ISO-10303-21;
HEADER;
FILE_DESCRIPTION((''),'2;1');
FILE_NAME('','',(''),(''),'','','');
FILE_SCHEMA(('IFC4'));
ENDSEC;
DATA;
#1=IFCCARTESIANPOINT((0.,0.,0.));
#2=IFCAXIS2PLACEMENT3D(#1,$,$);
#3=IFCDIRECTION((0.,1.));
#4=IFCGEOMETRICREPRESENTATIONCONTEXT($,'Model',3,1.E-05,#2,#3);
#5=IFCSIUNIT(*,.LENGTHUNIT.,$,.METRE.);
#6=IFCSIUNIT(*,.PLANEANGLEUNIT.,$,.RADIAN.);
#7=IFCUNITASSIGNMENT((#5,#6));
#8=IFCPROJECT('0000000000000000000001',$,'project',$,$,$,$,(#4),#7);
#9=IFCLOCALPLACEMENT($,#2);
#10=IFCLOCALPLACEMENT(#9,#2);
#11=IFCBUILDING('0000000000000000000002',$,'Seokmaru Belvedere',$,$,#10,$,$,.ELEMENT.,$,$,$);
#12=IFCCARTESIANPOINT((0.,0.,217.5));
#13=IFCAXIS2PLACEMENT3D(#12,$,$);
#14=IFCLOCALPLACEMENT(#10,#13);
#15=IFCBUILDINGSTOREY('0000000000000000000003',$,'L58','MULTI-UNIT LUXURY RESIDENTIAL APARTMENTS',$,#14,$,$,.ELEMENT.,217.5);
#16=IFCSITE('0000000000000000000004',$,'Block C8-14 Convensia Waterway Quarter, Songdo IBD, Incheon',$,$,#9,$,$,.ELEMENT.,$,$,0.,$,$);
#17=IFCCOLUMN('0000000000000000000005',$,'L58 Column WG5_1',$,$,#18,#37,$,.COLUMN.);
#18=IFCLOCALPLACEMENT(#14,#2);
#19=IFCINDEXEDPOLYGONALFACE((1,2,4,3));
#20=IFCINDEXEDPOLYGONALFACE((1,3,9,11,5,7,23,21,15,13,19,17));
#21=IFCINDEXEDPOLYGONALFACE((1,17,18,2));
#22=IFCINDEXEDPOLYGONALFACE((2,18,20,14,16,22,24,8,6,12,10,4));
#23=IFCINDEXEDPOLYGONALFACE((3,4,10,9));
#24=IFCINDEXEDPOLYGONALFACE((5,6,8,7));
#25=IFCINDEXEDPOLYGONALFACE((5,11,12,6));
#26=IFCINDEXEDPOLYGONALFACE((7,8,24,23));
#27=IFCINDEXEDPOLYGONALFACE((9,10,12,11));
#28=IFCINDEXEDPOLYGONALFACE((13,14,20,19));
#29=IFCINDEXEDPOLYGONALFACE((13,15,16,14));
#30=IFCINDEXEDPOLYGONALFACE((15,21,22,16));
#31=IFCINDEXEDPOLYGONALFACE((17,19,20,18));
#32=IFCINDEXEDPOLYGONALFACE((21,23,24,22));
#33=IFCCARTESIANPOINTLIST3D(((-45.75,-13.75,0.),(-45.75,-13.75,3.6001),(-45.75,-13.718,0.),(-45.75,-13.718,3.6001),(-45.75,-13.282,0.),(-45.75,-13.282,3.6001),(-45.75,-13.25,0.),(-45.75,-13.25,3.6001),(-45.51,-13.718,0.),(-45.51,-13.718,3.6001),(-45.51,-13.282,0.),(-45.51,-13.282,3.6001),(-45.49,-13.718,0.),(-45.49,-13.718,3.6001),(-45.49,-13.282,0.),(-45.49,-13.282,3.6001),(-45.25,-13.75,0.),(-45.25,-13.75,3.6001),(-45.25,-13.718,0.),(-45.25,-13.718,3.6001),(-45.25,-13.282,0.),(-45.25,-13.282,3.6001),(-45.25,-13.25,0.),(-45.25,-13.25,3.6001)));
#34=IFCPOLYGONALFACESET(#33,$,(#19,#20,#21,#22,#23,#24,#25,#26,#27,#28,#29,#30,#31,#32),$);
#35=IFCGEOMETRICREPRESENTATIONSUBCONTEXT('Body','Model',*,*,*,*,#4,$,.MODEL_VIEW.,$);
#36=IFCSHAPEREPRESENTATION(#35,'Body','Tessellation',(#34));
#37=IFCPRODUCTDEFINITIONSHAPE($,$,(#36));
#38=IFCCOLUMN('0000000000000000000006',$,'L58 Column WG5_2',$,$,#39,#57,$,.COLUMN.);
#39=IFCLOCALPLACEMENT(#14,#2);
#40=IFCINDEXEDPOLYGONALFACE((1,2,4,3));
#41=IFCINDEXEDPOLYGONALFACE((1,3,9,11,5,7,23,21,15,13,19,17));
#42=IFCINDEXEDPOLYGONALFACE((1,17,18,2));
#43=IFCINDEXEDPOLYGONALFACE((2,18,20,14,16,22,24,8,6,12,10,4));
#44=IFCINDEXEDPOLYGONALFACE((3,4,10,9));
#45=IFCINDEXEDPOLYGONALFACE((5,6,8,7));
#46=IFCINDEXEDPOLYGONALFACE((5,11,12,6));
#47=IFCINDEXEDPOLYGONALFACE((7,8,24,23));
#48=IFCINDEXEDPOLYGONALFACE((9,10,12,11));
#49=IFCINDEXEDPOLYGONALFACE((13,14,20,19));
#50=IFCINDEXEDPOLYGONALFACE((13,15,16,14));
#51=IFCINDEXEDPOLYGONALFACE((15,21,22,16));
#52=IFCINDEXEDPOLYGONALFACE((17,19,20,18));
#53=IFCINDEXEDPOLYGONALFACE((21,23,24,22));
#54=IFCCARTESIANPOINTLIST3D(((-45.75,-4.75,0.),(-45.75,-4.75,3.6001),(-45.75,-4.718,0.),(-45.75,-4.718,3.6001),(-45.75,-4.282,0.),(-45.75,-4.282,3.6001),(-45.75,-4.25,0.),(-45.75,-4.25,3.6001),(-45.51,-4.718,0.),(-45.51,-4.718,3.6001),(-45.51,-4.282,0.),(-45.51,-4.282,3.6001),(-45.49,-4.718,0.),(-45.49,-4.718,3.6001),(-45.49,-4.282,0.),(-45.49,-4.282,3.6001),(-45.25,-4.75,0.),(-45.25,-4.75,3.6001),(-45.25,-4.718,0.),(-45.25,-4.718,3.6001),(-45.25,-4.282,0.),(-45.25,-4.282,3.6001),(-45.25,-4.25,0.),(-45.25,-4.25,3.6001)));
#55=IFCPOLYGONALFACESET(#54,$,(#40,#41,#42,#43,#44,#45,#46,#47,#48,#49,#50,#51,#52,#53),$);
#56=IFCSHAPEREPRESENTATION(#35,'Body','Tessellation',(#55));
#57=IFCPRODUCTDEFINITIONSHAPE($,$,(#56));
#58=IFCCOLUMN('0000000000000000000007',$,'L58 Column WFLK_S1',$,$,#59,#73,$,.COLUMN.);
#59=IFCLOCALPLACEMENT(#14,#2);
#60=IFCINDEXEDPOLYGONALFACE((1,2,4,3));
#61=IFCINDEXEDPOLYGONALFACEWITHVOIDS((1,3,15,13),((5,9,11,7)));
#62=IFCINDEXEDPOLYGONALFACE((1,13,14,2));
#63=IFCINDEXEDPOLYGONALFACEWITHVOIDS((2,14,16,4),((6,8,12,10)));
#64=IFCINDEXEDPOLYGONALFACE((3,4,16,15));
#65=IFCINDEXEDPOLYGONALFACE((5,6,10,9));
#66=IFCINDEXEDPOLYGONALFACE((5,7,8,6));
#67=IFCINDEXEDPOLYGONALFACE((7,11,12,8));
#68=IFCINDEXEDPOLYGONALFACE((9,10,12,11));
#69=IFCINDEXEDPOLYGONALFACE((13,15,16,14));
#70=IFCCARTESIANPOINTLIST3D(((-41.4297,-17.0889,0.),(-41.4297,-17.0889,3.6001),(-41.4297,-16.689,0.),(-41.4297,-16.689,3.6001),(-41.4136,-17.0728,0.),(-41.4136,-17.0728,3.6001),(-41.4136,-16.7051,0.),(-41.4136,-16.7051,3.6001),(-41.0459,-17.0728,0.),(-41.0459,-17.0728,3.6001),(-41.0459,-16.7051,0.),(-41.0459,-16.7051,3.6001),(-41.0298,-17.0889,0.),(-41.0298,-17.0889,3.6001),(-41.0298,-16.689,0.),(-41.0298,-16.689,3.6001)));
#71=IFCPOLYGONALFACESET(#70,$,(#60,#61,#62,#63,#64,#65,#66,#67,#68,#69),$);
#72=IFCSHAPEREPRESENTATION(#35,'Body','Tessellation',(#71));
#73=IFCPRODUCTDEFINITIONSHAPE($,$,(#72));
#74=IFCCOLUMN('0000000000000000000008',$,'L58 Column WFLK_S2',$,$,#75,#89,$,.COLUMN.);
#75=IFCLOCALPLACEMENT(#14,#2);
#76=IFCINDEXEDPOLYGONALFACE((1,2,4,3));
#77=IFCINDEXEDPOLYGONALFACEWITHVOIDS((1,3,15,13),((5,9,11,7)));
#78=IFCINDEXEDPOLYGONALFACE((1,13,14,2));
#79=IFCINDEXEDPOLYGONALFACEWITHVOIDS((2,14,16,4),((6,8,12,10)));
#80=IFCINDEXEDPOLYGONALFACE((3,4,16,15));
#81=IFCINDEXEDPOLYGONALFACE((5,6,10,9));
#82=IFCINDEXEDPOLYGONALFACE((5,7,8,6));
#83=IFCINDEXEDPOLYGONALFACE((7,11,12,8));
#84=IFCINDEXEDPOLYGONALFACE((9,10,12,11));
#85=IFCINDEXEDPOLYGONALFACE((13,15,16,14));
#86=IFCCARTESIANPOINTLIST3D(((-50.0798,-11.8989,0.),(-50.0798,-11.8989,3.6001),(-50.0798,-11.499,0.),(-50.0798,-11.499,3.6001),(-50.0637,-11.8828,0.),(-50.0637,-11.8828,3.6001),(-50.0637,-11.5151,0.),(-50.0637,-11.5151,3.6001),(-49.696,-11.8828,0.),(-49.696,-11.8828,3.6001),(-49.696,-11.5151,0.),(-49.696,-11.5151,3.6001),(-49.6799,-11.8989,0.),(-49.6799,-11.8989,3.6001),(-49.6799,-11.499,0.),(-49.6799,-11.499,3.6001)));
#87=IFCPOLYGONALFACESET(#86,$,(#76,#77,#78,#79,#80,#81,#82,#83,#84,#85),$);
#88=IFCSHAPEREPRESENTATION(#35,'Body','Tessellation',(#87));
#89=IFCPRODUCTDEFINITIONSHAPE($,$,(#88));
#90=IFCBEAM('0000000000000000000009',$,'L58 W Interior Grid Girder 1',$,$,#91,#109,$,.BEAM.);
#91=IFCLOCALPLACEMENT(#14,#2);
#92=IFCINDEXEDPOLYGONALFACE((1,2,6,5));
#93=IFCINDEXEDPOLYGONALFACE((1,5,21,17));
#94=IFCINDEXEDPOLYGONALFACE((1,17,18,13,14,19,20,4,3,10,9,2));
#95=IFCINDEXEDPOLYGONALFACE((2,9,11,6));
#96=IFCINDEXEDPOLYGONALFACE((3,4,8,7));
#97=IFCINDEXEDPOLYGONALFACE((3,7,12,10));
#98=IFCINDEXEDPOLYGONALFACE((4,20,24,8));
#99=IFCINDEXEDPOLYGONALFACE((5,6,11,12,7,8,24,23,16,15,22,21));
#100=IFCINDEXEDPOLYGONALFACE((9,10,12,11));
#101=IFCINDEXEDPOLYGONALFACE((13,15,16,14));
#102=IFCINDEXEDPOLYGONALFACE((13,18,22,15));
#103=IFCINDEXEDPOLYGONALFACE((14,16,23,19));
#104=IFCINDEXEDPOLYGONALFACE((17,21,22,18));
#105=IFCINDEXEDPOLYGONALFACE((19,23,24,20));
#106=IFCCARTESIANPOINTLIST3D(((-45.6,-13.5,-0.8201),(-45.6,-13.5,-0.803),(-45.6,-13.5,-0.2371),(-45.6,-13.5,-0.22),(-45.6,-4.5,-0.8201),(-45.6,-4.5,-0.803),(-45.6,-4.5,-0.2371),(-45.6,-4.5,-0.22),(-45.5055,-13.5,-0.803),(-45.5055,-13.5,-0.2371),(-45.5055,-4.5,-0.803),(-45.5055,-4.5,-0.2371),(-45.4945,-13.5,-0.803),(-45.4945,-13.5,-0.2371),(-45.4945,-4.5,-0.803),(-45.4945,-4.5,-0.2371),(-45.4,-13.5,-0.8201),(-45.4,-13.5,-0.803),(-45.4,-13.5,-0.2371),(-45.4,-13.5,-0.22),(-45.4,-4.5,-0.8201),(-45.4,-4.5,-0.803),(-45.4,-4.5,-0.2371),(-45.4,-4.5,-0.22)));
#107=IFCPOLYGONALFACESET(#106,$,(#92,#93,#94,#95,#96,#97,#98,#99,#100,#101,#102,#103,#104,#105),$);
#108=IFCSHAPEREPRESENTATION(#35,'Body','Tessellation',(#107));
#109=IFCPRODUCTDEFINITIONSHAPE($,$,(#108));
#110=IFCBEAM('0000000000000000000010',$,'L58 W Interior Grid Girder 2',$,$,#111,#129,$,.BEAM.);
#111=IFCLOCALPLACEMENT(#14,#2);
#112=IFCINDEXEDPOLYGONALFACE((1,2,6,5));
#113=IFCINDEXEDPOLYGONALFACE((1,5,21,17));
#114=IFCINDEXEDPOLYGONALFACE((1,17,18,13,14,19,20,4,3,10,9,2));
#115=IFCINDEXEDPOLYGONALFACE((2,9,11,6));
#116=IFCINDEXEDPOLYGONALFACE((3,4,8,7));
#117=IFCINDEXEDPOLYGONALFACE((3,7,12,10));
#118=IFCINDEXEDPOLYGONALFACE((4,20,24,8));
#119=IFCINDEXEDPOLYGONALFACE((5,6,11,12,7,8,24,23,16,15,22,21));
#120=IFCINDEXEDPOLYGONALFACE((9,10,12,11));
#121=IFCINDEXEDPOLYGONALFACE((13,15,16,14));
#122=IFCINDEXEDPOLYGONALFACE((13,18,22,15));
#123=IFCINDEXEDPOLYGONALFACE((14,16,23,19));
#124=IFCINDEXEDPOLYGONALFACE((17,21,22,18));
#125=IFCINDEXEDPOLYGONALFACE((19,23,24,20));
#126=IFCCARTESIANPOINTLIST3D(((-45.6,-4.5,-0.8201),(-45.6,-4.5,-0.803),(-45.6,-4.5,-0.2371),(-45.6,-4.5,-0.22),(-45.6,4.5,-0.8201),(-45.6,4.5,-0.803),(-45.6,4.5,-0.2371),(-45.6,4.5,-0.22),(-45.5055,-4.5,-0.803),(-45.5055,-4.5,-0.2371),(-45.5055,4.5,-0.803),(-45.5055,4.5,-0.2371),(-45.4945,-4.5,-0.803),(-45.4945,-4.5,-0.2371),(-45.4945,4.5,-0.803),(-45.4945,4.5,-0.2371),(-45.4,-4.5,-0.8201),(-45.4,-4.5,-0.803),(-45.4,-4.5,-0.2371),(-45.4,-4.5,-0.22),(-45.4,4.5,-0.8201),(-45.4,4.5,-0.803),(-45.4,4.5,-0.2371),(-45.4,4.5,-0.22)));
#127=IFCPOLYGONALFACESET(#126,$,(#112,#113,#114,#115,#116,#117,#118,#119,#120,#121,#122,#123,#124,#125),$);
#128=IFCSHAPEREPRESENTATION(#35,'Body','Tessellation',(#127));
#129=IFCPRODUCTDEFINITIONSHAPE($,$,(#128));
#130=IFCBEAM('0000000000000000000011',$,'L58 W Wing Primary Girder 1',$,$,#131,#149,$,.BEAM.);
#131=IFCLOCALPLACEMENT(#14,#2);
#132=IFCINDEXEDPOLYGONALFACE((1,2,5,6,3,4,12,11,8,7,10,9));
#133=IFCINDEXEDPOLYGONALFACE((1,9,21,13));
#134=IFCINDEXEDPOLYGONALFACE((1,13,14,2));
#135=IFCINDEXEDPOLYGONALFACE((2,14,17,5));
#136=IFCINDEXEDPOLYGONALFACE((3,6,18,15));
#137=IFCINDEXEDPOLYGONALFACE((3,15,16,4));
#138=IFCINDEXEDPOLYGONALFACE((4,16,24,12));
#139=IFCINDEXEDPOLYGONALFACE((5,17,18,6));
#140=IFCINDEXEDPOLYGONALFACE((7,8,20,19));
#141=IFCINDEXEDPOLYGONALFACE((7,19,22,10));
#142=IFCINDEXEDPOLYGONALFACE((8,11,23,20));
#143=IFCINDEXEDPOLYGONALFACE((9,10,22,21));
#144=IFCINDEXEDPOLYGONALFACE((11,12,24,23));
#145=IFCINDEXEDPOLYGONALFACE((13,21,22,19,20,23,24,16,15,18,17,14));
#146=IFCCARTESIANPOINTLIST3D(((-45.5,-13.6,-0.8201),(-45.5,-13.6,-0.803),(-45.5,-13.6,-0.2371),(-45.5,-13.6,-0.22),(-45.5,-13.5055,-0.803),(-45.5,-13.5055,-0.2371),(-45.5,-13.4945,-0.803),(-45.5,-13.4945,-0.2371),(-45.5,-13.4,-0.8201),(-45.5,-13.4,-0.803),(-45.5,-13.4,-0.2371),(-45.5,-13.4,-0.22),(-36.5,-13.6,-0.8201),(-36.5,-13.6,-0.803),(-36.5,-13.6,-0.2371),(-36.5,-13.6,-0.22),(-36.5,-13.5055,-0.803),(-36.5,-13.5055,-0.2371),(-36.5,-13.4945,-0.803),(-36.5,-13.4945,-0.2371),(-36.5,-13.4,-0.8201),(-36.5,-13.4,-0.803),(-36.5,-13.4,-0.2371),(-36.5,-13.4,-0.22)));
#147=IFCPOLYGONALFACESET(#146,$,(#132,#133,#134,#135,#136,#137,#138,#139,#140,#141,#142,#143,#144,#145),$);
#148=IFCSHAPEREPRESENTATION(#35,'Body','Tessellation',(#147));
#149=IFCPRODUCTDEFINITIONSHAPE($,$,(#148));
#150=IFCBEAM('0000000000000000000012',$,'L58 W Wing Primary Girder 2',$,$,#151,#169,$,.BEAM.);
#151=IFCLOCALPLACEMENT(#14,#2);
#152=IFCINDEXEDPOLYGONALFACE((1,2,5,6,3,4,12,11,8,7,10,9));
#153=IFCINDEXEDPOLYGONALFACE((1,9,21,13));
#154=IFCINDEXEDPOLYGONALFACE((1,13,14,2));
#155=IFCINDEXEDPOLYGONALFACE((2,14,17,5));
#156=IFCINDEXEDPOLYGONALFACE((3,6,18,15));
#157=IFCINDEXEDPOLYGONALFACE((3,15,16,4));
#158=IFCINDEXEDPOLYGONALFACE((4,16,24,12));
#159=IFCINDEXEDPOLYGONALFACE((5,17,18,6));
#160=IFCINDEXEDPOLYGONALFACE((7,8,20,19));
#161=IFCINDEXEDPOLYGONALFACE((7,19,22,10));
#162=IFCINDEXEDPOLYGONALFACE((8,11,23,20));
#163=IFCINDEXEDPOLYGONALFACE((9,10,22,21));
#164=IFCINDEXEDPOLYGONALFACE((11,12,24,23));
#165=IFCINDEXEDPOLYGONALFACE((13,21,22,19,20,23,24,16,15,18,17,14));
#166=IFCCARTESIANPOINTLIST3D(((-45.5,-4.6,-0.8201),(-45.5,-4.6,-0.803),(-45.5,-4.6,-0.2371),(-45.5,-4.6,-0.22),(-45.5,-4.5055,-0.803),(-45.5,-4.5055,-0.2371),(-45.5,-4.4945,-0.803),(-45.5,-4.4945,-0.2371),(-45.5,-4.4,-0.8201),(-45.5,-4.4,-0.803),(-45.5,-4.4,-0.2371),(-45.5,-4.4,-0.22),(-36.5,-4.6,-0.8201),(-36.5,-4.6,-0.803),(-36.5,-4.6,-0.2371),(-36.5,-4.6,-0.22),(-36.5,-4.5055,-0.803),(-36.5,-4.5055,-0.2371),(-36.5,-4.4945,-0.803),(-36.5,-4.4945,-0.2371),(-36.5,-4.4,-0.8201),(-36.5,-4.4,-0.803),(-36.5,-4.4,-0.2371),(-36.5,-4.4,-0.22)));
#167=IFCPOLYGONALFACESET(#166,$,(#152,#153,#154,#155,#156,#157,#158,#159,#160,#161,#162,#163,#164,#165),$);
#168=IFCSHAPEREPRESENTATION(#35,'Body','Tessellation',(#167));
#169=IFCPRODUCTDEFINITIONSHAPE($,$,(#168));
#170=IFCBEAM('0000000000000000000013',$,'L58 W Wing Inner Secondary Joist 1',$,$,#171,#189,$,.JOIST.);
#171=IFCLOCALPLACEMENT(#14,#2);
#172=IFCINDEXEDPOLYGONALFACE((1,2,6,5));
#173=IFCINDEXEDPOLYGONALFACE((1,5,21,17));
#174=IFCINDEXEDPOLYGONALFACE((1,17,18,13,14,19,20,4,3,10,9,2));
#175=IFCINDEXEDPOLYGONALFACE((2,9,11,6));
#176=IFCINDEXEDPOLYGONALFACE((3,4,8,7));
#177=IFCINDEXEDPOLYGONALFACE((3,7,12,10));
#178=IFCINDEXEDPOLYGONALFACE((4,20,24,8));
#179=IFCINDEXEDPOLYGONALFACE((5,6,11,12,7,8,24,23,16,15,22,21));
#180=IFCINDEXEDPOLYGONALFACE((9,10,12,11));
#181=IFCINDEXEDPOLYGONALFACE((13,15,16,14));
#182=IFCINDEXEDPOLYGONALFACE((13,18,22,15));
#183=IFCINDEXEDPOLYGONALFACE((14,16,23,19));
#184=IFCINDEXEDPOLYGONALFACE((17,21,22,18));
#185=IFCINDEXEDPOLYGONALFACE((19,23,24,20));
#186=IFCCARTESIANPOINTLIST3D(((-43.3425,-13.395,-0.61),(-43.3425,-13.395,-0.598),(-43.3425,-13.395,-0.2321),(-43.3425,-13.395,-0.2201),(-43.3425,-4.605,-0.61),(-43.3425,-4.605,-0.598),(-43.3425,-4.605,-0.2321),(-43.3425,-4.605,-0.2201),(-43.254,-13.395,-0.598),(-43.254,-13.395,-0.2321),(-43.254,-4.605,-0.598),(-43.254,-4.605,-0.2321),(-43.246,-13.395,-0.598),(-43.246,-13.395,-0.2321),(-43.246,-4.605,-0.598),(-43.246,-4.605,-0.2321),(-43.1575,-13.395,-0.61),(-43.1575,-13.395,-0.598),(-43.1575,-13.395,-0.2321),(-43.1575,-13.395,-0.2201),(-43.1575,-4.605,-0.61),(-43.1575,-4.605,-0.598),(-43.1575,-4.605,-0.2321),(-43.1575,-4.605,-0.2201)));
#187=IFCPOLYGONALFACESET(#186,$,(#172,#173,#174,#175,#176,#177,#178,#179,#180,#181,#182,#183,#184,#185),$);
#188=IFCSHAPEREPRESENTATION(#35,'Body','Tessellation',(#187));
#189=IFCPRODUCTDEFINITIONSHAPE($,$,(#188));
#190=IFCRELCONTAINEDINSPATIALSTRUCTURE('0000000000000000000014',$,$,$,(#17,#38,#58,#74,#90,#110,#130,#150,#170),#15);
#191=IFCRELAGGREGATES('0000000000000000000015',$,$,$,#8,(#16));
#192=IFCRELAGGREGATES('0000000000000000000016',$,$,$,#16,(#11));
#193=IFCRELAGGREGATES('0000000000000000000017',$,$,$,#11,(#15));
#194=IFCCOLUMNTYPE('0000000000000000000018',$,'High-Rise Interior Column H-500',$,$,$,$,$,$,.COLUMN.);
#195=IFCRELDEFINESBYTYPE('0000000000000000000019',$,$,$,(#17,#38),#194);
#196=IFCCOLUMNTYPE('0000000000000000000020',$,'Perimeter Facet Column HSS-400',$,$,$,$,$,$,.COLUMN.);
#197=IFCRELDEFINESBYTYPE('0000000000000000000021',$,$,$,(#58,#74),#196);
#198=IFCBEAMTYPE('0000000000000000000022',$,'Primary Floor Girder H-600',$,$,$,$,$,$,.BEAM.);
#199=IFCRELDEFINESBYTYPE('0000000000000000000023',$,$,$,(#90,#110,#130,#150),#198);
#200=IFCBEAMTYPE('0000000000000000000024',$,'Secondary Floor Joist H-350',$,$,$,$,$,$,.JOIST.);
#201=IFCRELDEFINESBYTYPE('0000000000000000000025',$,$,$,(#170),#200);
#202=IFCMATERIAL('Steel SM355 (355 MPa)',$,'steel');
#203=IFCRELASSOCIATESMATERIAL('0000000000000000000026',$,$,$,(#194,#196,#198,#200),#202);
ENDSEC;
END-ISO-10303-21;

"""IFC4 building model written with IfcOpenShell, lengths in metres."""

from ifc_helpers import new_model, si_unit, direction, frame, origin, origin_2d, place, context, subcontext, project, spatial, hollow_rectangle, i_section, extrude, source, transform, mapped, material, material_profile, profile_set, type_object, type_shapes, element, save


model = new_model("IFC4")

# Units and contexts
model_context = context("Model", 3, precision=1e-05, world=origin(), true_north=direction((0.0, 1.0)))
body_context = subcontext(model_context, "Body", "Model", "MODEL_VIEW")
ifc_project = project(units=[si_unit("LENGTHUNIT", "METRE"), si_unit("PLANEANGLEUNIT", "RADIAN")], contexts=[model_context])

# Site, building, storey
site_placement = place(None, origin())
site = spatial("IfcSite", under=ifc_project, at=site_placement, Name="Block C8-14 Convensia Waterway Quarter, Songdo IBD, Incheon", CompositionType="ELEMENT", RefElevation=0.0)
building_placement = place(site_placement, origin())
building = spatial("IfcBuilding", under=site, at=building_placement, Name="Seokmaru Belvedere", CompositionType="ELEMENT")
storey_placement = place(building_placement, frame((0.0, 0.0, 217.5)))
storey = spatial("IfcBuildingStorey", under=building, at=storey_placement, Name="L58", Description="MULTI-UNIT LUXURY RESIDENTIAL APARTMENTS", CompositionType="ELEMENT", Elevation=217.5)

# Columns
ifc_material_1 = material(Name="Steel SM355 (355 MPa)", Category="steel")
ifc_material_profile_1 = material_profile(ifc_material_1, i_section(OverallWidth=0.5, OverallDepth=0.5, WebThickness=0.02, FlangeThickness=0.032, at=origin_2d()), Name="H-500x500x20x32")
ifc_profile_set_1 = profile_set([ifc_material_profile_1], Name="Steel SM355 (355 MPa)")
column_type_1 = type_object("IfcColumnType", Name="High-Rise Interior Column H-500", PredefinedType="COLUMN", material=ifc_profile_set_1)
shared_shape_1 = source(origin(), body_context, "Body", "SweptSolid", [
    extrude(i_section(OverallWidth=0.5, OverallDepth=0.5, WebThickness=0.02, FlangeThickness=0.032, at=origin_2d()), origin(), (0.0, 0.0, 1.0), 3.6001),
])
type_shapes(column_type_1, [shared_shape_1])
for number, where, z_axis, x_axis, name in (
    (1, (-45.5, -13.5, 0.0), (0.0, 0.0, 1.0), (1.0, 0.0, 0.0), "L58 Column WG5_1"),
    (2, (-45.5, -4.5, 0.0), (0.0, 0.0, 1.0), (1.0, 0.0, 0.0), "L58 Column WG5_2"),
):
    element("IfcColumn", number, at=place(storey_placement, frame(where, z_axis=z_axis, x_axis=x_axis)), inside=storey, type_object=column_type_1, Name=name, PredefinedType="COLUMN", context=body_context, shape_type="MappedRepresentation", body=[
        mapped(shared_shape_1, transform((0.0, 0.0, 0.0), scale=1.0)),
    ])
ifc_material_profile_2 = material_profile(ifc_material_1, hollow_rectangle(XDim=0.3999, YDim=0.3999, WallThickness=0.0161, at=origin_2d()), Name="HSS-400x400x16")
ifc_profile_set_2 = profile_set([ifc_material_profile_2], Name="Steel SM355 (355 MPa)")
column_type_2 = type_object("IfcColumnType", Name="Perimeter Facet Column HSS-400", PredefinedType="COLUMN", material=ifc_profile_set_2)
shared_shape_2 = source(origin(), body_context, "Body", "SweptSolid", [
    extrude(hollow_rectangle(XDim=0.3999, YDim=0.3999, WallThickness=0.0161, at=origin_2d()), origin(), (0.0, 0.0, 1.0), 3.6001),
])
type_shapes(column_type_2, [shared_shape_2])
for number, where, z_axis, x_axis, name in (
    (3, (-41.2297, -16.8889, 0.0), (0.0, 0.0, 1.0), (1.0, 0.0, 0.0), "L58 Column WFLK_S1"),
    (4, (-49.8799, -11.699, 0.0), (0.0, 0.0, 1.0), (1.0, 0.0, 0.0), "L58 Column WFLK_S2"),
):
    element("IfcColumn", number, at=place(storey_placement, frame(where, z_axis=z_axis, x_axis=x_axis)), inside=storey, type_object=column_type_2, Name=name, PredefinedType="COLUMN", context=body_context, shape_type="MappedRepresentation", body=[
        mapped(shared_shape_2, transform((0.0, 0.0, 0.0), scale=1.0)),
    ])

# Beams
ifc_material_profile_3 = material_profile(ifc_material_1, i_section(OverallWidth=0.2, OverallDepth=0.6001, WebThickness=0.011, FlangeThickness=0.0171, at=origin_2d()), Name="H-600x200x11x17")
ifc_profile_set_3 = profile_set([ifc_material_profile_3], Name="Steel SM355 (355 MPa)")
beam_type_1 = type_object("IfcBeamType", Name="Primary Floor Girder H-600", PredefinedType="BEAM", material=ifc_profile_set_3)
shared_shape_3 = source(origin(), body_context, "Body", "SweptSolid", [
    extrude(i_section(OverallWidth=0.2, OverallDepth=0.6001, WebThickness=0.011, FlangeThickness=0.0171, at=origin_2d()), origin(), (0.0, 0.0, 1.0), 9.0),
])
for number, where, z_axis, x_axis, name in (
    (5, (-45.5, -13.5, -0.52), (0.0, 1.0, 0.0), (-1.0, 0.0, 0.0), "L58 W Interior Grid Girder 1"),
    (6, (-45.5, -4.5, -0.52), (0.0, 1.0, 0.0), (-1.0, 0.0, 0.0), "L58 W Interior Grid Girder 2"),
    (7, (-45.5, -13.5, -0.52), (1.0, 0.0, 0.0), (0.0, 1.0, 0.0), "L58 W Wing Primary Girder 1"),
    (8, (-45.5, -4.5, -0.52), (1.0, 0.0, 0.0), (0.0, 1.0, 0.0), "L58 W Wing Primary Girder 2"),
):
    element("IfcBeam", number, at=place(storey_placement, frame(where, z_axis=z_axis, x_axis=x_axis)), inside=storey, type_object=beam_type_1, Name=name, PredefinedType="BEAM", context=body_context, shape_type="MappedRepresentation", body=[
        mapped(shared_shape_3, transform((0.0, 0.0, 0.0), scale=1.0)),
    ])
ifc_material_profile_4 = material_profile(ifc_material_1, i_section(OverallWidth=0.1851, OverallDepth=0.3899, WebThickness=0.0081, FlangeThickness=0.012, at=origin_2d()), Name="H-390x185x8x12")
ifc_profile_set_4 = profile_set([ifc_material_profile_4], Name="Steel SM355 (355 MPa)")
beam_type_2 = type_object("IfcBeamType", Name="Secondary Floor Joist H-350", PredefinedType="JOIST", material=ifc_profile_set_4)
shared_shape_4 = source(origin(), body_context, "Body", "SweptSolid", [
    extrude(i_section(OverallWidth=0.1851, OverallDepth=0.3899, WebThickness=0.0081, FlangeThickness=0.012, at=origin_2d()), origin(), (0.0, 0.0, 1.0), 8.79),
])
type_shapes(beam_type_2, [shared_shape_4])
for number, where, z_axis, x_axis, name in (
    (9, (-43.25, -13.395, -0.415), (0.0, 1.0, 0.0), (-1.0, 0.0, 0.0), "L58 W Wing Inner Secondary Joist 1"),
):
    element("IfcBeam", number, at=place(storey_placement, frame(where, z_axis=z_axis, x_axis=x_axis)), inside=storey, type_object=beam_type_2, Name=name, PredefinedType="JOIST", context=body_context, shape_type="MappedRepresentation", body=[
        mapped(shared_shape_4, transform((0.0, 0.0, 0.0), scale=1.0)),
    ])

save(model, "model.ifc")
